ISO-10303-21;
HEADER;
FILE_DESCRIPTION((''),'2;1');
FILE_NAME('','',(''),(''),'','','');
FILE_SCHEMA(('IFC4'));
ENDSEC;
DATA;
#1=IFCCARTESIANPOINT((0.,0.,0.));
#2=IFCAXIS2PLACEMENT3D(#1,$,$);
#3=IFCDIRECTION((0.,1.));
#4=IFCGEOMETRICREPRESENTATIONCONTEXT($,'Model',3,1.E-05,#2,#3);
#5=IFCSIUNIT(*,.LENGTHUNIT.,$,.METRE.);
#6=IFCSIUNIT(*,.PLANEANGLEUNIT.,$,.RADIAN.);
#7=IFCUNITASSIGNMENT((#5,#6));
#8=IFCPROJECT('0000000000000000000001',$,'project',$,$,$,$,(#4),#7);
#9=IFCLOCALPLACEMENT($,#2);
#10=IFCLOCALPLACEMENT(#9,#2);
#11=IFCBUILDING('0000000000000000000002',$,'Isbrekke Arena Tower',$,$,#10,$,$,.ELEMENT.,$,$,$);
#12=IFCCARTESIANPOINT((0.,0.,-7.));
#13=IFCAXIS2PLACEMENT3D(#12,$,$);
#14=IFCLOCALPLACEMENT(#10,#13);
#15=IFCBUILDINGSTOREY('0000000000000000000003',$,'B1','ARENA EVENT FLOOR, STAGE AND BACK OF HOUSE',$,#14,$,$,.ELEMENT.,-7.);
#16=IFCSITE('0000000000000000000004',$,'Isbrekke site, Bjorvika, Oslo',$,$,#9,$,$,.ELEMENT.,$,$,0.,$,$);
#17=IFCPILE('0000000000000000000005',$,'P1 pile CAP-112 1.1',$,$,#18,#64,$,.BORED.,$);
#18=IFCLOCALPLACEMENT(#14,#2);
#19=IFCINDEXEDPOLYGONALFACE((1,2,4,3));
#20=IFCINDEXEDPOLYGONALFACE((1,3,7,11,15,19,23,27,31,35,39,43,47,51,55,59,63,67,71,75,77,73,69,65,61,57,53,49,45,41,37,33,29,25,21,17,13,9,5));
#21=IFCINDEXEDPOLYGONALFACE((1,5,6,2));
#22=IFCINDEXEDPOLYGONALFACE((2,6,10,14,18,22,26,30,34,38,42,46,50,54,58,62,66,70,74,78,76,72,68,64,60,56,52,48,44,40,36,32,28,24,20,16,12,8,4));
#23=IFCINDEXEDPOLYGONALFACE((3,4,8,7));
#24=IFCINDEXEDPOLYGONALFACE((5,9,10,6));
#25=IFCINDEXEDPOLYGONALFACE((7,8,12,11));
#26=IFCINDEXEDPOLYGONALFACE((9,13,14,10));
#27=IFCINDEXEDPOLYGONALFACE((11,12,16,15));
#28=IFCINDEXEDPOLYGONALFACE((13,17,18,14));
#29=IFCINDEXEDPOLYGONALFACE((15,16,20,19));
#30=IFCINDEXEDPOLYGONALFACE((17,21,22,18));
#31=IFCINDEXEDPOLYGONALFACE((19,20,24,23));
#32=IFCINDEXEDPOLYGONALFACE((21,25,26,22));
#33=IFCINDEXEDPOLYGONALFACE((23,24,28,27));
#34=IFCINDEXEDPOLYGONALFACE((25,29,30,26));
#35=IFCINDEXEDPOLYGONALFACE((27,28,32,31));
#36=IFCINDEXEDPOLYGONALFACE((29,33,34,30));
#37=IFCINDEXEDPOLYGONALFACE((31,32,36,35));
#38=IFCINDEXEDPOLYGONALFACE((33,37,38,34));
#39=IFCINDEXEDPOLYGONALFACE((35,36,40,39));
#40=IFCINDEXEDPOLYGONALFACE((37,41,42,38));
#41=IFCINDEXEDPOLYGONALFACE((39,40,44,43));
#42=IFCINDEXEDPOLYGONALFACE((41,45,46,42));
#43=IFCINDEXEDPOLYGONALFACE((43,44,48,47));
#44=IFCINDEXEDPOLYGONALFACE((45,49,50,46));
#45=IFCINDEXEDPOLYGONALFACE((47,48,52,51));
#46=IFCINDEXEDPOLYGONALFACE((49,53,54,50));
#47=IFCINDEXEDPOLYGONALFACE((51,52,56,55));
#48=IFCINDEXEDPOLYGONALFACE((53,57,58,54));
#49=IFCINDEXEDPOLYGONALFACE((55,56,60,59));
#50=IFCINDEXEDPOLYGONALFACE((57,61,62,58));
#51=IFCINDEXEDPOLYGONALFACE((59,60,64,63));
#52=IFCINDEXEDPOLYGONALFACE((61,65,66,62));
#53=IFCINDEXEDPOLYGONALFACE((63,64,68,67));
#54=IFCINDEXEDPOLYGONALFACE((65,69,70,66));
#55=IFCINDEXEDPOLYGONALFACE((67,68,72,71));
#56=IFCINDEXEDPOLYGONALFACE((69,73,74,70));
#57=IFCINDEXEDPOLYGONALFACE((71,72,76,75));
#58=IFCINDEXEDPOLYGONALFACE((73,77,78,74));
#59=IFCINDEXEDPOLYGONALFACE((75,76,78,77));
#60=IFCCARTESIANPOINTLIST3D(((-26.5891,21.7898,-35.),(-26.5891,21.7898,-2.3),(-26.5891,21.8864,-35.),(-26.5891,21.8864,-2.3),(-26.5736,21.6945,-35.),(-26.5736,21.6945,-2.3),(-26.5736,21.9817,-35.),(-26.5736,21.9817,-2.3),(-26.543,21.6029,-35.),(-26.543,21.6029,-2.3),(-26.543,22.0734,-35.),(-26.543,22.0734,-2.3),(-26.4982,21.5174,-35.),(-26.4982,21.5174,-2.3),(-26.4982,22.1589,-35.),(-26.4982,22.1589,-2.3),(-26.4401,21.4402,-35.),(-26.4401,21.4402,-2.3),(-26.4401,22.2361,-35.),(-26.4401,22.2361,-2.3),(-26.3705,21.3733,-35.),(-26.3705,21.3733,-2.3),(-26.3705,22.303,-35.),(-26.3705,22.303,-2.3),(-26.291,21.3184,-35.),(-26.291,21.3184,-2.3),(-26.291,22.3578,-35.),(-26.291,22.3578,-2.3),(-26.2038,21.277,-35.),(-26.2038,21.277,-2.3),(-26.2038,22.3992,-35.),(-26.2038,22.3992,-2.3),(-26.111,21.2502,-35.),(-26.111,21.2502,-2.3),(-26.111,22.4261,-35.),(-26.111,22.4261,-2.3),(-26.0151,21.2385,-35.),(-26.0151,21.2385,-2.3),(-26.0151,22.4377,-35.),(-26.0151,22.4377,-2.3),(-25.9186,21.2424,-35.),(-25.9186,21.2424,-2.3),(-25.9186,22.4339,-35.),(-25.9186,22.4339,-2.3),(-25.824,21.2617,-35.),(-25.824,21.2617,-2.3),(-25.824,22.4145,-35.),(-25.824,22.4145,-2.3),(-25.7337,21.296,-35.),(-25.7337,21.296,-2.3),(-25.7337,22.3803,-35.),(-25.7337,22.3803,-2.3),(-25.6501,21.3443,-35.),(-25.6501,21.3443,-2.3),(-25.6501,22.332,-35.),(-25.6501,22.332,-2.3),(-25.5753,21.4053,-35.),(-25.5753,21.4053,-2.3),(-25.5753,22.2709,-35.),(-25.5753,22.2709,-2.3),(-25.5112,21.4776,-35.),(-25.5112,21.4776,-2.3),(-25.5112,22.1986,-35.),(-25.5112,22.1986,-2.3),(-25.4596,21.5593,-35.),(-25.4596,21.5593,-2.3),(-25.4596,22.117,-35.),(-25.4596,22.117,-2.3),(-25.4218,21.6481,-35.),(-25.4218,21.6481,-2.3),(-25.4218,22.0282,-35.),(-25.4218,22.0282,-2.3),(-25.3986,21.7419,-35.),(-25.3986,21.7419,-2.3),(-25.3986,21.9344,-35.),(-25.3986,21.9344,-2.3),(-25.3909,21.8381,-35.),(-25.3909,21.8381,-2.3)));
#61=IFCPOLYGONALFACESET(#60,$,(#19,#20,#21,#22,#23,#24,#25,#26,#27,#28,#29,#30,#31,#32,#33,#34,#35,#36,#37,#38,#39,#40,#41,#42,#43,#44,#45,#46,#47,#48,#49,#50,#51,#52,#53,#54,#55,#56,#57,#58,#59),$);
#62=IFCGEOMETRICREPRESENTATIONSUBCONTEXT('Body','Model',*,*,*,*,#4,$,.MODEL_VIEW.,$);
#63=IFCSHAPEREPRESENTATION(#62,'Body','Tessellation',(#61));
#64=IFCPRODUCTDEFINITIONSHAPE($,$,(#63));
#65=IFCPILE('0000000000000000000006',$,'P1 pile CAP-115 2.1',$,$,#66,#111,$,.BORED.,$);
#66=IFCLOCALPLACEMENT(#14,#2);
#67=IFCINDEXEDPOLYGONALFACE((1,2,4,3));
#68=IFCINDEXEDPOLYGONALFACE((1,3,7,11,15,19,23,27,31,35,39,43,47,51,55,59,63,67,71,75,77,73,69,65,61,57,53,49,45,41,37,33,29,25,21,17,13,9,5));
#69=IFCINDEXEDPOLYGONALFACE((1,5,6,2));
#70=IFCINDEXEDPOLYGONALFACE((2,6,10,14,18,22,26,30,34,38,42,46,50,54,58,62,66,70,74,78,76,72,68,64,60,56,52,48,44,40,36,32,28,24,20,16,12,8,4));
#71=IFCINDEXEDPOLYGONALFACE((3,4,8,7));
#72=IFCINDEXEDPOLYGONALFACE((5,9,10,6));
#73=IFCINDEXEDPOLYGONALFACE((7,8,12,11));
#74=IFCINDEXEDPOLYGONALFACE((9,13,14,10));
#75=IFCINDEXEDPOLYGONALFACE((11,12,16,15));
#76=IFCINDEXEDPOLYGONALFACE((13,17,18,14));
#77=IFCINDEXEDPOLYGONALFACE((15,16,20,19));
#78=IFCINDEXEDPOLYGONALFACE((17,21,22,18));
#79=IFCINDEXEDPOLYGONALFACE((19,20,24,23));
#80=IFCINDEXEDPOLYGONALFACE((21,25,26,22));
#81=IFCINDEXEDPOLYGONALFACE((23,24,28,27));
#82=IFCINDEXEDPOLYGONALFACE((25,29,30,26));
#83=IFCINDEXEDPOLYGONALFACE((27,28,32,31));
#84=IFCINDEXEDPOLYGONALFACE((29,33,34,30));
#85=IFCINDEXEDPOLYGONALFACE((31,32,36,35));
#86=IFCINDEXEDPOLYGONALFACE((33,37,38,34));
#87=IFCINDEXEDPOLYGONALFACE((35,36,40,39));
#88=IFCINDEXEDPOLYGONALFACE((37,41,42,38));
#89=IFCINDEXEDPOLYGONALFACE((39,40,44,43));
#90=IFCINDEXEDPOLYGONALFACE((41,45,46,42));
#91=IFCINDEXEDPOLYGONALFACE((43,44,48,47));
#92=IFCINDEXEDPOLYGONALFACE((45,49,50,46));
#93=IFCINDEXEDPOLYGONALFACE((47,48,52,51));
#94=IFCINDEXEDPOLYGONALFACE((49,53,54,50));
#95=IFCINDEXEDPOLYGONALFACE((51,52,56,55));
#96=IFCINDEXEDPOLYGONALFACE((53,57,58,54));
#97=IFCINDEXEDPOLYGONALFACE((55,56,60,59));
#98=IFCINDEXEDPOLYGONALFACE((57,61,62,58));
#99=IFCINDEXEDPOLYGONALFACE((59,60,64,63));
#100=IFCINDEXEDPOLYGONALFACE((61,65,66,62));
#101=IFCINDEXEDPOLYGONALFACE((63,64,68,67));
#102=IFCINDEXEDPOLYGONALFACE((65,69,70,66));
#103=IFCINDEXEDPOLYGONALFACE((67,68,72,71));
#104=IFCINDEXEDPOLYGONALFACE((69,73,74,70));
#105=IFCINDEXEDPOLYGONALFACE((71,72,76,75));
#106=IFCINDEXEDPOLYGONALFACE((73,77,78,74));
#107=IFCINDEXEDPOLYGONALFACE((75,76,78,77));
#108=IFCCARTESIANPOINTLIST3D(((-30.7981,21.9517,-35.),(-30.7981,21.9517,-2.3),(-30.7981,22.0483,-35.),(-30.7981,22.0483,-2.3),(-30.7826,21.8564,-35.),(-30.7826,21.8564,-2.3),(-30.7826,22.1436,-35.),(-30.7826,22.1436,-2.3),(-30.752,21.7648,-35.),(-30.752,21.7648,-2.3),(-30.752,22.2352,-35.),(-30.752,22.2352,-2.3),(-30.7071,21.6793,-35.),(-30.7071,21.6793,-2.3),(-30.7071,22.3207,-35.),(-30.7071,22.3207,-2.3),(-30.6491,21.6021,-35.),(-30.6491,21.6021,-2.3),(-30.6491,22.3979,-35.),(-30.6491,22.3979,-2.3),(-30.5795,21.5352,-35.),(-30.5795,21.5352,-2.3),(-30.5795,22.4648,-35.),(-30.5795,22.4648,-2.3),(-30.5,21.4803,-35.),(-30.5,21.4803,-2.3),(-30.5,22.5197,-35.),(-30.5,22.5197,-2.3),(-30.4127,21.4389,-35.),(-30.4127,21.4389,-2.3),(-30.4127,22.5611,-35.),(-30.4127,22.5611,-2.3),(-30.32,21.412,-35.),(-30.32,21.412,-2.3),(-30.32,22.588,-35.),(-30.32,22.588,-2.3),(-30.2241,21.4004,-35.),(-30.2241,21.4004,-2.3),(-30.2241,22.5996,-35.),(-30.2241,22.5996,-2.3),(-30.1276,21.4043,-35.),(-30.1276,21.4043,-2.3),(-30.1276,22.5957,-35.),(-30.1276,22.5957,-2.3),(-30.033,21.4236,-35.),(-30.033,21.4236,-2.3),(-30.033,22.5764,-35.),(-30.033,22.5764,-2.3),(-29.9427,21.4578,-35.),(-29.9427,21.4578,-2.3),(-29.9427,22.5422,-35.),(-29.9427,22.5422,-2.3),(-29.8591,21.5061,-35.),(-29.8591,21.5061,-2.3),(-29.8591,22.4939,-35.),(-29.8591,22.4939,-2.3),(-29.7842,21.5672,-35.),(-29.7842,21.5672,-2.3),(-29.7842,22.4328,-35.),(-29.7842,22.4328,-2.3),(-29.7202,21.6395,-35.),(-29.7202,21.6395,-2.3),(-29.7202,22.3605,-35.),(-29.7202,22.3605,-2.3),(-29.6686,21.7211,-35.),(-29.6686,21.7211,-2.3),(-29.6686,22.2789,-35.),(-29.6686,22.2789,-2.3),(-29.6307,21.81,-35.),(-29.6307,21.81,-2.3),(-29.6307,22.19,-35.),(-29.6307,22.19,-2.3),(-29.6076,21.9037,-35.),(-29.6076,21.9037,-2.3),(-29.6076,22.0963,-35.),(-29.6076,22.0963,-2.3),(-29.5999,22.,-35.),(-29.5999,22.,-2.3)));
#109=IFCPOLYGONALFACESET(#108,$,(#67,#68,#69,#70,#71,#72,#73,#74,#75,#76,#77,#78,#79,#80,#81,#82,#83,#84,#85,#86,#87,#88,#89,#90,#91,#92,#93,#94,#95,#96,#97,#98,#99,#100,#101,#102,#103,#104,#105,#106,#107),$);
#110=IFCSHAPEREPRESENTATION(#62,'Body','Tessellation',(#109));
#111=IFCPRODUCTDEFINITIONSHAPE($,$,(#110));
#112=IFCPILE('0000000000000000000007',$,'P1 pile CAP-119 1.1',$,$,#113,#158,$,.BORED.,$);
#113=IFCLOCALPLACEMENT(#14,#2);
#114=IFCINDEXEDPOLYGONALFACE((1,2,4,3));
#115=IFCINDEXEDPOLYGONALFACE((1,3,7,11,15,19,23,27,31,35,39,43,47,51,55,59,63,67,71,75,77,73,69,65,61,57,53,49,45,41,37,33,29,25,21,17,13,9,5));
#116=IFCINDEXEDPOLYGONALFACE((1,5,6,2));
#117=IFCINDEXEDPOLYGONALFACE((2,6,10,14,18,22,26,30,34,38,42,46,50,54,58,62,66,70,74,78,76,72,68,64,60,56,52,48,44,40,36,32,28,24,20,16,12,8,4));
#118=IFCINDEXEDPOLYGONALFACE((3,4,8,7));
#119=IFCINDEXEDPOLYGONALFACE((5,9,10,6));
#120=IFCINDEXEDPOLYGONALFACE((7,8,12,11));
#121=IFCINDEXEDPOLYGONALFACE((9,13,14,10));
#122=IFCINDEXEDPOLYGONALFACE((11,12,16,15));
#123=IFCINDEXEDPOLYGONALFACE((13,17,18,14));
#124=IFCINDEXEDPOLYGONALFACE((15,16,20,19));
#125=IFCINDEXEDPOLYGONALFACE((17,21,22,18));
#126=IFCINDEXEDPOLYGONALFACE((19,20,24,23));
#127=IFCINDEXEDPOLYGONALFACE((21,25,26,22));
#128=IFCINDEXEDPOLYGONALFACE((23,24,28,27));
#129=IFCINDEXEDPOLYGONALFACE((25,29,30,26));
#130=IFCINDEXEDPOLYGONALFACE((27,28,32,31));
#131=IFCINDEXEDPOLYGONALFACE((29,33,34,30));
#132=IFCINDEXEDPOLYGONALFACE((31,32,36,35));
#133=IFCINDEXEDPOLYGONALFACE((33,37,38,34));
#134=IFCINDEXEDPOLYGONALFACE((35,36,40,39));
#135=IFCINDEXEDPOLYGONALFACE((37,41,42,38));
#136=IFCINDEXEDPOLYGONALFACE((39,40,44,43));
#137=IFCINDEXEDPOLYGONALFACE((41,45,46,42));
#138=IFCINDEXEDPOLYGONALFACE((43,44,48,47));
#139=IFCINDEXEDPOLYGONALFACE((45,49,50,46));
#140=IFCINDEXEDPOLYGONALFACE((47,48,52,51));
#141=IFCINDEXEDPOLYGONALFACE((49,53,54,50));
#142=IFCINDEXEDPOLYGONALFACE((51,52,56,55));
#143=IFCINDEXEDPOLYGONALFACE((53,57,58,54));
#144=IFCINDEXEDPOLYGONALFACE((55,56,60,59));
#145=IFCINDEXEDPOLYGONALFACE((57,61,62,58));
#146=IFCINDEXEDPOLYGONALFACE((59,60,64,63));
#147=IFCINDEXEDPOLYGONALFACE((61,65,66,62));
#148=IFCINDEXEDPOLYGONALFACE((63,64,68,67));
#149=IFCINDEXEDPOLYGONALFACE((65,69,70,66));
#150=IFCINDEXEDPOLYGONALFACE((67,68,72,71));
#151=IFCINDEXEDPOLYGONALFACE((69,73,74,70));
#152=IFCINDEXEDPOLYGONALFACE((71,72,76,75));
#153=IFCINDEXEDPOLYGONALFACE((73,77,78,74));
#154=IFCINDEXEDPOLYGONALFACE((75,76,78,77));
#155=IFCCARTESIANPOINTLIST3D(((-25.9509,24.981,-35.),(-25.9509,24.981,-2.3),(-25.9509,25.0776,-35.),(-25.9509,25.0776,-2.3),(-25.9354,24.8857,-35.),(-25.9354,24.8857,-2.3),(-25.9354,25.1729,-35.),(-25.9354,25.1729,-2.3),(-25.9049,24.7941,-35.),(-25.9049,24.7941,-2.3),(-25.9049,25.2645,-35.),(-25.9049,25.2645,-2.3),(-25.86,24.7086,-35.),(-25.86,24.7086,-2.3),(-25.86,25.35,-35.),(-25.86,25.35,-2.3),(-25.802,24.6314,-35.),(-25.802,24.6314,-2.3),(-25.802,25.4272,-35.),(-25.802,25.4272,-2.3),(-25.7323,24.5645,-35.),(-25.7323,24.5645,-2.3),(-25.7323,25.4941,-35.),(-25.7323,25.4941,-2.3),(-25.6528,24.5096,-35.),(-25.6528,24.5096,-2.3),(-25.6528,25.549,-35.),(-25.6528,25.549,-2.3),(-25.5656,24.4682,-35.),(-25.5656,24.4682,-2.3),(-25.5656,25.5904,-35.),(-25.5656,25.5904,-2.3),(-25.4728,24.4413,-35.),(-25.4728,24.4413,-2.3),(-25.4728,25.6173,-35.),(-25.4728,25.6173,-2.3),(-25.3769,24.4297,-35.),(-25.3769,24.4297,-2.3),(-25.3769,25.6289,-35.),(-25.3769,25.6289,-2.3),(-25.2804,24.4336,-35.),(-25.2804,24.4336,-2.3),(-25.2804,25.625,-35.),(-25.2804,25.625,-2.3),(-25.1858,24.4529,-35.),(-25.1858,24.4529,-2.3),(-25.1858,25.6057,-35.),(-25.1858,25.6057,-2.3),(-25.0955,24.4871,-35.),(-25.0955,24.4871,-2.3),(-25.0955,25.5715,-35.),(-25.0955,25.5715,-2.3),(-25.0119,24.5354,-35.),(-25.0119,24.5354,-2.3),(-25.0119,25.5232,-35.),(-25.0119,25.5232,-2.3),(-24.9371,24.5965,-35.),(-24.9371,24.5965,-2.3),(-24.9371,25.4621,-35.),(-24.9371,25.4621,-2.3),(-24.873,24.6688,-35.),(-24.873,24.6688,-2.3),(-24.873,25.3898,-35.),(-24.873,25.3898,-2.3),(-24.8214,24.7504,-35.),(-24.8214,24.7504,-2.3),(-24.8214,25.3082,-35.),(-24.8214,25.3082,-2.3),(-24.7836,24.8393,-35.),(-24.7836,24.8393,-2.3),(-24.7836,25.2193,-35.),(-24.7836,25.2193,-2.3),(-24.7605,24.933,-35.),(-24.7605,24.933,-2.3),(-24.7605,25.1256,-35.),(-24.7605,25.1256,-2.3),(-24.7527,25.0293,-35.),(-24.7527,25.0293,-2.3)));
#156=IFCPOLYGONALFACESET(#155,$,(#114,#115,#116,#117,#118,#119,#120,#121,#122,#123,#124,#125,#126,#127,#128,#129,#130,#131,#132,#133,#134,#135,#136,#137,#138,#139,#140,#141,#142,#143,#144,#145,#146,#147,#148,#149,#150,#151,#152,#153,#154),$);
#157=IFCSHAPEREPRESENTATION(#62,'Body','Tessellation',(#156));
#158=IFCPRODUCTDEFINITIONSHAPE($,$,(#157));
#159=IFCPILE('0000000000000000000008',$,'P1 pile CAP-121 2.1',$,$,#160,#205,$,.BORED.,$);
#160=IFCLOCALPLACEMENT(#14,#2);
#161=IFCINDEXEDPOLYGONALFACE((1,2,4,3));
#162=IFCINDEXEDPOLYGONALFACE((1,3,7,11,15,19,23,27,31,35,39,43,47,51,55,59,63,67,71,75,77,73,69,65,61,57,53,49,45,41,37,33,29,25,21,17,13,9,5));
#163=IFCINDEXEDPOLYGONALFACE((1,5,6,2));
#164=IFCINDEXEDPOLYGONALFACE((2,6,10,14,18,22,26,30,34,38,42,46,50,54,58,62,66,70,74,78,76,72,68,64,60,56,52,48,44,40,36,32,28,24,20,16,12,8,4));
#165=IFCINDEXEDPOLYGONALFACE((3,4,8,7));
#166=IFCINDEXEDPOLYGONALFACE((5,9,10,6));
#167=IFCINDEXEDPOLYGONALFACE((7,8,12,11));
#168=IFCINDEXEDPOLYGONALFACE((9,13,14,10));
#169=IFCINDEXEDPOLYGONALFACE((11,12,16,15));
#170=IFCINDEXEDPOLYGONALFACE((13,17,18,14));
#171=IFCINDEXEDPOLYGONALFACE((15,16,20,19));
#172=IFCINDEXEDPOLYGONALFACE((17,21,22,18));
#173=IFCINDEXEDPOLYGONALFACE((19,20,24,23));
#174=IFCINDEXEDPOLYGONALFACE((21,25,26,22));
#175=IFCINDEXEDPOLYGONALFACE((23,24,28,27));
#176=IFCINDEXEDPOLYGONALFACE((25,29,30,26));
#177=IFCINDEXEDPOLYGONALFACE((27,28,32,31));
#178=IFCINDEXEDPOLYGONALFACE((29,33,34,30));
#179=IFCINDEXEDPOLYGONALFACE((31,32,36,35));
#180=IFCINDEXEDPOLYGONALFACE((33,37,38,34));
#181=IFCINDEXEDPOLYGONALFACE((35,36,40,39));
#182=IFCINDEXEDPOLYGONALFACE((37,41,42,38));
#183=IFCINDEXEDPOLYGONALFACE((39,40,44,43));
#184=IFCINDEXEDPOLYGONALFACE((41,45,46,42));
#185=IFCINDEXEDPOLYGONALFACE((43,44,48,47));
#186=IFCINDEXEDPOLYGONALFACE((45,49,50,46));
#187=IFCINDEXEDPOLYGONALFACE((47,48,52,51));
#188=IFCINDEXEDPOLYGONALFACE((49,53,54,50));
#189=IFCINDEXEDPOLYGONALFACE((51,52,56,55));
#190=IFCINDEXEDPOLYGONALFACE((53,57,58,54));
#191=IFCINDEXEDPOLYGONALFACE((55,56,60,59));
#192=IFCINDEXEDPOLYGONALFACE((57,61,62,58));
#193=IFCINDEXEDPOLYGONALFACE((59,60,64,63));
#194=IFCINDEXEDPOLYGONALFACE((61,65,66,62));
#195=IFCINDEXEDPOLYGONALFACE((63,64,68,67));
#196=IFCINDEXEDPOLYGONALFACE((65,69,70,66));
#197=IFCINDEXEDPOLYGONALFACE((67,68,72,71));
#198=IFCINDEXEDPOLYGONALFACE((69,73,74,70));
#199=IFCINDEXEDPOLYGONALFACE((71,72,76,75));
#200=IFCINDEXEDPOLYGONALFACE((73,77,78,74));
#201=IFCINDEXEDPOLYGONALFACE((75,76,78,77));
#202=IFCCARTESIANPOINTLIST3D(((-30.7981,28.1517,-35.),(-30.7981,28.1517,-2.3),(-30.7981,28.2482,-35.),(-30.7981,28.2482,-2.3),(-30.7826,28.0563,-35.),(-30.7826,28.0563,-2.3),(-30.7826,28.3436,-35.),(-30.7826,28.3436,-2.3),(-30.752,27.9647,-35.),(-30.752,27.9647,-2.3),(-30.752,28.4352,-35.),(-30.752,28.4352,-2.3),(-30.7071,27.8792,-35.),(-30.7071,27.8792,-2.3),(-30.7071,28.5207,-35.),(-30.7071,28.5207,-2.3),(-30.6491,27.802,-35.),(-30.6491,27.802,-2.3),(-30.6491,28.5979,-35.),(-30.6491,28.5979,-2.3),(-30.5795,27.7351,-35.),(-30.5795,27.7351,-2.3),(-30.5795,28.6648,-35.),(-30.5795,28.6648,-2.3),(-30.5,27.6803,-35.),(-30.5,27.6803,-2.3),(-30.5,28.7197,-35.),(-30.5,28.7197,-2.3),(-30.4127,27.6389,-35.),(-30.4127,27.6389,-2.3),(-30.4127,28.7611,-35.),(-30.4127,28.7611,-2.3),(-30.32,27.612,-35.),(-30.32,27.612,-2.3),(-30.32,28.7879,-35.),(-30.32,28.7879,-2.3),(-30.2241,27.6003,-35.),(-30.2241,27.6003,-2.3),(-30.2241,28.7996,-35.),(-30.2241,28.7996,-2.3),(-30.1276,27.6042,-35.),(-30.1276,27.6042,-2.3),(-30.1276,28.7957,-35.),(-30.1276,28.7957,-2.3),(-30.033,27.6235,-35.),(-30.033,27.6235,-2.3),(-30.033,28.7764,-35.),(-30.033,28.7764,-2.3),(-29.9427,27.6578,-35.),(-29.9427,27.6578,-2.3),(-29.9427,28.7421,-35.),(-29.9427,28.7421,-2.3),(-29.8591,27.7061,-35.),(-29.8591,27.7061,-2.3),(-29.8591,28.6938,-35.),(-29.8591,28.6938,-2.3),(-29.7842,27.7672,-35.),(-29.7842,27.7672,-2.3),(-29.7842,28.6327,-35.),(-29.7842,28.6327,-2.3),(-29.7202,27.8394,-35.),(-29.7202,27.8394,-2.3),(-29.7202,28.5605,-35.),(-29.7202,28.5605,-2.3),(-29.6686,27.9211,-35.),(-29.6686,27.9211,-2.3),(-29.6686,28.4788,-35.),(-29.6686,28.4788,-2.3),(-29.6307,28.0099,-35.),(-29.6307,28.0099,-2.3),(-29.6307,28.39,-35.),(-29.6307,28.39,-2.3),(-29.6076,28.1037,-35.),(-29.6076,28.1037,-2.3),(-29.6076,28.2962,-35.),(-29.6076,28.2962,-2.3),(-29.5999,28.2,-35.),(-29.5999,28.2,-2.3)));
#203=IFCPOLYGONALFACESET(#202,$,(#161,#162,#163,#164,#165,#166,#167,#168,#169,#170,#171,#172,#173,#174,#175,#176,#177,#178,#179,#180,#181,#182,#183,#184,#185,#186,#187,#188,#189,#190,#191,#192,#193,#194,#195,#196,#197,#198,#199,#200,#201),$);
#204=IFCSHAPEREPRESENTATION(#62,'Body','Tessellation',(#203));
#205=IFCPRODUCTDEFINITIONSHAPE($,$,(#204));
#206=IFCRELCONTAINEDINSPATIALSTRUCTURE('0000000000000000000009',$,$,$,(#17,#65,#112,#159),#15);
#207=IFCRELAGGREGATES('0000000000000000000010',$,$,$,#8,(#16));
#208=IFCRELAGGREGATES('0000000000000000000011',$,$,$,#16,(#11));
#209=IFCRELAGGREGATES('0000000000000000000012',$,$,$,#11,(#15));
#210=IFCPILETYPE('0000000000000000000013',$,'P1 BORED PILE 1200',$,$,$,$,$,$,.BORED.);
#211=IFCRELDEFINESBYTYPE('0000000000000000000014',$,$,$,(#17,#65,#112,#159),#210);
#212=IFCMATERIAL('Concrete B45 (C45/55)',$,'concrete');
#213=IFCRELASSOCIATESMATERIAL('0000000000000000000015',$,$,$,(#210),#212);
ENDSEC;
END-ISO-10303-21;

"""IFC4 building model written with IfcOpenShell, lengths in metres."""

from ifc_helpers import new_model, si_unit, direction, frame, origin, origin_2d, place, context, subcontext, project, spatial, circle, extrude, material, material_profile, profile_set, type_object, element, save


model = new_model("IFC4")

# Units and contexts
model_context = context("Model", 3, precision=1e-05, world=origin(), true_north=direction((0.0, 1.0)))
body_context = subcontext(model_context, "Body", "Model", "MODEL_VIEW")
ifc_project = project(units=[si_unit("LENGTHUNIT", "METRE"), si_unit("PLANEANGLEUNIT", "RADIAN")], contexts=[model_context])

# Site, building, storey
site_placement = place(None, origin())
site = spatial("IfcSite", under=ifc_project, at=site_placement, Name="Isbrekke site, Bjorvika, Oslo", CompositionType="ELEMENT", RefElevation=0.0)
building_placement = place(site_placement, origin())
building = spatial("IfcBuilding", under=site, at=building_placement, Name="Isbrekke Arena Tower", CompositionType="ELEMENT")
storey_placement = place(building_placement, frame((0.0, 0.0, -7.0)))
storey = spatial("IfcBuildingStorey", under=building, at=storey_placement, Name="B1", Description="ARENA EVENT FLOOR, STAGE AND BACK OF HOUSE", CompositionType="ELEMENT", Elevation=-7.0)

# Piles
ifc_material_1 = material(Name="Concrete B45 (C45/55)", Category="concrete")
ifc_material_profile_1 = material_profile(ifc_material_1, circle(Radius=0.6001, at=origin_2d()), Name="BORED PILE D1200")
ifc_profile_set_1 = profile_set([ifc_material_profile_1], Name="Concrete B45 (C45/55)")
pile_type = type_object("IfcPileType", Name="P1 BORED PILE 1200", PredefinedType="BORED", material=ifc_profile_set_1)
for number, where, z_axis, x_axis, name in (
    (1, (-25.991, 21.8381, -2.3), (0.0, 0.0, -1.0), (1.0, 0.0, 0.0), "P1 pile CAP-112 1.1"),
    (2, (-30.2, 22.0, -2.3), (0.0, 0.0, -1.0), (1.0, 0.0, 0.0), "P1 pile CAP-115 2.1"),
    (3, (-25.3528, 25.0293, -2.3), (0.0, 0.0, -1.0), (1.0, 0.0, 0.0), "P1 pile CAP-119 1.1"),
    (4, (-30.2, 28.2, -2.3), (0.0, 0.0, -1.0), (1.0, 0.0, 0.0), "P1 pile CAP-121 2.1"),
):
    element("IfcPile", number, at=place(storey_placement, frame(where, z_axis=z_axis, x_axis=x_axis)), inside=storey, type_object=pile_type, Name=name, PredefinedType="BORED", context=body_context, shape_type="SweptSolid", body=[
        extrude(circle(Radius=0.6001, at=origin_2d()), origin(), (0.0, 0.0, 1.0), 32.7),
    ])

save(model, "model.ifc")
